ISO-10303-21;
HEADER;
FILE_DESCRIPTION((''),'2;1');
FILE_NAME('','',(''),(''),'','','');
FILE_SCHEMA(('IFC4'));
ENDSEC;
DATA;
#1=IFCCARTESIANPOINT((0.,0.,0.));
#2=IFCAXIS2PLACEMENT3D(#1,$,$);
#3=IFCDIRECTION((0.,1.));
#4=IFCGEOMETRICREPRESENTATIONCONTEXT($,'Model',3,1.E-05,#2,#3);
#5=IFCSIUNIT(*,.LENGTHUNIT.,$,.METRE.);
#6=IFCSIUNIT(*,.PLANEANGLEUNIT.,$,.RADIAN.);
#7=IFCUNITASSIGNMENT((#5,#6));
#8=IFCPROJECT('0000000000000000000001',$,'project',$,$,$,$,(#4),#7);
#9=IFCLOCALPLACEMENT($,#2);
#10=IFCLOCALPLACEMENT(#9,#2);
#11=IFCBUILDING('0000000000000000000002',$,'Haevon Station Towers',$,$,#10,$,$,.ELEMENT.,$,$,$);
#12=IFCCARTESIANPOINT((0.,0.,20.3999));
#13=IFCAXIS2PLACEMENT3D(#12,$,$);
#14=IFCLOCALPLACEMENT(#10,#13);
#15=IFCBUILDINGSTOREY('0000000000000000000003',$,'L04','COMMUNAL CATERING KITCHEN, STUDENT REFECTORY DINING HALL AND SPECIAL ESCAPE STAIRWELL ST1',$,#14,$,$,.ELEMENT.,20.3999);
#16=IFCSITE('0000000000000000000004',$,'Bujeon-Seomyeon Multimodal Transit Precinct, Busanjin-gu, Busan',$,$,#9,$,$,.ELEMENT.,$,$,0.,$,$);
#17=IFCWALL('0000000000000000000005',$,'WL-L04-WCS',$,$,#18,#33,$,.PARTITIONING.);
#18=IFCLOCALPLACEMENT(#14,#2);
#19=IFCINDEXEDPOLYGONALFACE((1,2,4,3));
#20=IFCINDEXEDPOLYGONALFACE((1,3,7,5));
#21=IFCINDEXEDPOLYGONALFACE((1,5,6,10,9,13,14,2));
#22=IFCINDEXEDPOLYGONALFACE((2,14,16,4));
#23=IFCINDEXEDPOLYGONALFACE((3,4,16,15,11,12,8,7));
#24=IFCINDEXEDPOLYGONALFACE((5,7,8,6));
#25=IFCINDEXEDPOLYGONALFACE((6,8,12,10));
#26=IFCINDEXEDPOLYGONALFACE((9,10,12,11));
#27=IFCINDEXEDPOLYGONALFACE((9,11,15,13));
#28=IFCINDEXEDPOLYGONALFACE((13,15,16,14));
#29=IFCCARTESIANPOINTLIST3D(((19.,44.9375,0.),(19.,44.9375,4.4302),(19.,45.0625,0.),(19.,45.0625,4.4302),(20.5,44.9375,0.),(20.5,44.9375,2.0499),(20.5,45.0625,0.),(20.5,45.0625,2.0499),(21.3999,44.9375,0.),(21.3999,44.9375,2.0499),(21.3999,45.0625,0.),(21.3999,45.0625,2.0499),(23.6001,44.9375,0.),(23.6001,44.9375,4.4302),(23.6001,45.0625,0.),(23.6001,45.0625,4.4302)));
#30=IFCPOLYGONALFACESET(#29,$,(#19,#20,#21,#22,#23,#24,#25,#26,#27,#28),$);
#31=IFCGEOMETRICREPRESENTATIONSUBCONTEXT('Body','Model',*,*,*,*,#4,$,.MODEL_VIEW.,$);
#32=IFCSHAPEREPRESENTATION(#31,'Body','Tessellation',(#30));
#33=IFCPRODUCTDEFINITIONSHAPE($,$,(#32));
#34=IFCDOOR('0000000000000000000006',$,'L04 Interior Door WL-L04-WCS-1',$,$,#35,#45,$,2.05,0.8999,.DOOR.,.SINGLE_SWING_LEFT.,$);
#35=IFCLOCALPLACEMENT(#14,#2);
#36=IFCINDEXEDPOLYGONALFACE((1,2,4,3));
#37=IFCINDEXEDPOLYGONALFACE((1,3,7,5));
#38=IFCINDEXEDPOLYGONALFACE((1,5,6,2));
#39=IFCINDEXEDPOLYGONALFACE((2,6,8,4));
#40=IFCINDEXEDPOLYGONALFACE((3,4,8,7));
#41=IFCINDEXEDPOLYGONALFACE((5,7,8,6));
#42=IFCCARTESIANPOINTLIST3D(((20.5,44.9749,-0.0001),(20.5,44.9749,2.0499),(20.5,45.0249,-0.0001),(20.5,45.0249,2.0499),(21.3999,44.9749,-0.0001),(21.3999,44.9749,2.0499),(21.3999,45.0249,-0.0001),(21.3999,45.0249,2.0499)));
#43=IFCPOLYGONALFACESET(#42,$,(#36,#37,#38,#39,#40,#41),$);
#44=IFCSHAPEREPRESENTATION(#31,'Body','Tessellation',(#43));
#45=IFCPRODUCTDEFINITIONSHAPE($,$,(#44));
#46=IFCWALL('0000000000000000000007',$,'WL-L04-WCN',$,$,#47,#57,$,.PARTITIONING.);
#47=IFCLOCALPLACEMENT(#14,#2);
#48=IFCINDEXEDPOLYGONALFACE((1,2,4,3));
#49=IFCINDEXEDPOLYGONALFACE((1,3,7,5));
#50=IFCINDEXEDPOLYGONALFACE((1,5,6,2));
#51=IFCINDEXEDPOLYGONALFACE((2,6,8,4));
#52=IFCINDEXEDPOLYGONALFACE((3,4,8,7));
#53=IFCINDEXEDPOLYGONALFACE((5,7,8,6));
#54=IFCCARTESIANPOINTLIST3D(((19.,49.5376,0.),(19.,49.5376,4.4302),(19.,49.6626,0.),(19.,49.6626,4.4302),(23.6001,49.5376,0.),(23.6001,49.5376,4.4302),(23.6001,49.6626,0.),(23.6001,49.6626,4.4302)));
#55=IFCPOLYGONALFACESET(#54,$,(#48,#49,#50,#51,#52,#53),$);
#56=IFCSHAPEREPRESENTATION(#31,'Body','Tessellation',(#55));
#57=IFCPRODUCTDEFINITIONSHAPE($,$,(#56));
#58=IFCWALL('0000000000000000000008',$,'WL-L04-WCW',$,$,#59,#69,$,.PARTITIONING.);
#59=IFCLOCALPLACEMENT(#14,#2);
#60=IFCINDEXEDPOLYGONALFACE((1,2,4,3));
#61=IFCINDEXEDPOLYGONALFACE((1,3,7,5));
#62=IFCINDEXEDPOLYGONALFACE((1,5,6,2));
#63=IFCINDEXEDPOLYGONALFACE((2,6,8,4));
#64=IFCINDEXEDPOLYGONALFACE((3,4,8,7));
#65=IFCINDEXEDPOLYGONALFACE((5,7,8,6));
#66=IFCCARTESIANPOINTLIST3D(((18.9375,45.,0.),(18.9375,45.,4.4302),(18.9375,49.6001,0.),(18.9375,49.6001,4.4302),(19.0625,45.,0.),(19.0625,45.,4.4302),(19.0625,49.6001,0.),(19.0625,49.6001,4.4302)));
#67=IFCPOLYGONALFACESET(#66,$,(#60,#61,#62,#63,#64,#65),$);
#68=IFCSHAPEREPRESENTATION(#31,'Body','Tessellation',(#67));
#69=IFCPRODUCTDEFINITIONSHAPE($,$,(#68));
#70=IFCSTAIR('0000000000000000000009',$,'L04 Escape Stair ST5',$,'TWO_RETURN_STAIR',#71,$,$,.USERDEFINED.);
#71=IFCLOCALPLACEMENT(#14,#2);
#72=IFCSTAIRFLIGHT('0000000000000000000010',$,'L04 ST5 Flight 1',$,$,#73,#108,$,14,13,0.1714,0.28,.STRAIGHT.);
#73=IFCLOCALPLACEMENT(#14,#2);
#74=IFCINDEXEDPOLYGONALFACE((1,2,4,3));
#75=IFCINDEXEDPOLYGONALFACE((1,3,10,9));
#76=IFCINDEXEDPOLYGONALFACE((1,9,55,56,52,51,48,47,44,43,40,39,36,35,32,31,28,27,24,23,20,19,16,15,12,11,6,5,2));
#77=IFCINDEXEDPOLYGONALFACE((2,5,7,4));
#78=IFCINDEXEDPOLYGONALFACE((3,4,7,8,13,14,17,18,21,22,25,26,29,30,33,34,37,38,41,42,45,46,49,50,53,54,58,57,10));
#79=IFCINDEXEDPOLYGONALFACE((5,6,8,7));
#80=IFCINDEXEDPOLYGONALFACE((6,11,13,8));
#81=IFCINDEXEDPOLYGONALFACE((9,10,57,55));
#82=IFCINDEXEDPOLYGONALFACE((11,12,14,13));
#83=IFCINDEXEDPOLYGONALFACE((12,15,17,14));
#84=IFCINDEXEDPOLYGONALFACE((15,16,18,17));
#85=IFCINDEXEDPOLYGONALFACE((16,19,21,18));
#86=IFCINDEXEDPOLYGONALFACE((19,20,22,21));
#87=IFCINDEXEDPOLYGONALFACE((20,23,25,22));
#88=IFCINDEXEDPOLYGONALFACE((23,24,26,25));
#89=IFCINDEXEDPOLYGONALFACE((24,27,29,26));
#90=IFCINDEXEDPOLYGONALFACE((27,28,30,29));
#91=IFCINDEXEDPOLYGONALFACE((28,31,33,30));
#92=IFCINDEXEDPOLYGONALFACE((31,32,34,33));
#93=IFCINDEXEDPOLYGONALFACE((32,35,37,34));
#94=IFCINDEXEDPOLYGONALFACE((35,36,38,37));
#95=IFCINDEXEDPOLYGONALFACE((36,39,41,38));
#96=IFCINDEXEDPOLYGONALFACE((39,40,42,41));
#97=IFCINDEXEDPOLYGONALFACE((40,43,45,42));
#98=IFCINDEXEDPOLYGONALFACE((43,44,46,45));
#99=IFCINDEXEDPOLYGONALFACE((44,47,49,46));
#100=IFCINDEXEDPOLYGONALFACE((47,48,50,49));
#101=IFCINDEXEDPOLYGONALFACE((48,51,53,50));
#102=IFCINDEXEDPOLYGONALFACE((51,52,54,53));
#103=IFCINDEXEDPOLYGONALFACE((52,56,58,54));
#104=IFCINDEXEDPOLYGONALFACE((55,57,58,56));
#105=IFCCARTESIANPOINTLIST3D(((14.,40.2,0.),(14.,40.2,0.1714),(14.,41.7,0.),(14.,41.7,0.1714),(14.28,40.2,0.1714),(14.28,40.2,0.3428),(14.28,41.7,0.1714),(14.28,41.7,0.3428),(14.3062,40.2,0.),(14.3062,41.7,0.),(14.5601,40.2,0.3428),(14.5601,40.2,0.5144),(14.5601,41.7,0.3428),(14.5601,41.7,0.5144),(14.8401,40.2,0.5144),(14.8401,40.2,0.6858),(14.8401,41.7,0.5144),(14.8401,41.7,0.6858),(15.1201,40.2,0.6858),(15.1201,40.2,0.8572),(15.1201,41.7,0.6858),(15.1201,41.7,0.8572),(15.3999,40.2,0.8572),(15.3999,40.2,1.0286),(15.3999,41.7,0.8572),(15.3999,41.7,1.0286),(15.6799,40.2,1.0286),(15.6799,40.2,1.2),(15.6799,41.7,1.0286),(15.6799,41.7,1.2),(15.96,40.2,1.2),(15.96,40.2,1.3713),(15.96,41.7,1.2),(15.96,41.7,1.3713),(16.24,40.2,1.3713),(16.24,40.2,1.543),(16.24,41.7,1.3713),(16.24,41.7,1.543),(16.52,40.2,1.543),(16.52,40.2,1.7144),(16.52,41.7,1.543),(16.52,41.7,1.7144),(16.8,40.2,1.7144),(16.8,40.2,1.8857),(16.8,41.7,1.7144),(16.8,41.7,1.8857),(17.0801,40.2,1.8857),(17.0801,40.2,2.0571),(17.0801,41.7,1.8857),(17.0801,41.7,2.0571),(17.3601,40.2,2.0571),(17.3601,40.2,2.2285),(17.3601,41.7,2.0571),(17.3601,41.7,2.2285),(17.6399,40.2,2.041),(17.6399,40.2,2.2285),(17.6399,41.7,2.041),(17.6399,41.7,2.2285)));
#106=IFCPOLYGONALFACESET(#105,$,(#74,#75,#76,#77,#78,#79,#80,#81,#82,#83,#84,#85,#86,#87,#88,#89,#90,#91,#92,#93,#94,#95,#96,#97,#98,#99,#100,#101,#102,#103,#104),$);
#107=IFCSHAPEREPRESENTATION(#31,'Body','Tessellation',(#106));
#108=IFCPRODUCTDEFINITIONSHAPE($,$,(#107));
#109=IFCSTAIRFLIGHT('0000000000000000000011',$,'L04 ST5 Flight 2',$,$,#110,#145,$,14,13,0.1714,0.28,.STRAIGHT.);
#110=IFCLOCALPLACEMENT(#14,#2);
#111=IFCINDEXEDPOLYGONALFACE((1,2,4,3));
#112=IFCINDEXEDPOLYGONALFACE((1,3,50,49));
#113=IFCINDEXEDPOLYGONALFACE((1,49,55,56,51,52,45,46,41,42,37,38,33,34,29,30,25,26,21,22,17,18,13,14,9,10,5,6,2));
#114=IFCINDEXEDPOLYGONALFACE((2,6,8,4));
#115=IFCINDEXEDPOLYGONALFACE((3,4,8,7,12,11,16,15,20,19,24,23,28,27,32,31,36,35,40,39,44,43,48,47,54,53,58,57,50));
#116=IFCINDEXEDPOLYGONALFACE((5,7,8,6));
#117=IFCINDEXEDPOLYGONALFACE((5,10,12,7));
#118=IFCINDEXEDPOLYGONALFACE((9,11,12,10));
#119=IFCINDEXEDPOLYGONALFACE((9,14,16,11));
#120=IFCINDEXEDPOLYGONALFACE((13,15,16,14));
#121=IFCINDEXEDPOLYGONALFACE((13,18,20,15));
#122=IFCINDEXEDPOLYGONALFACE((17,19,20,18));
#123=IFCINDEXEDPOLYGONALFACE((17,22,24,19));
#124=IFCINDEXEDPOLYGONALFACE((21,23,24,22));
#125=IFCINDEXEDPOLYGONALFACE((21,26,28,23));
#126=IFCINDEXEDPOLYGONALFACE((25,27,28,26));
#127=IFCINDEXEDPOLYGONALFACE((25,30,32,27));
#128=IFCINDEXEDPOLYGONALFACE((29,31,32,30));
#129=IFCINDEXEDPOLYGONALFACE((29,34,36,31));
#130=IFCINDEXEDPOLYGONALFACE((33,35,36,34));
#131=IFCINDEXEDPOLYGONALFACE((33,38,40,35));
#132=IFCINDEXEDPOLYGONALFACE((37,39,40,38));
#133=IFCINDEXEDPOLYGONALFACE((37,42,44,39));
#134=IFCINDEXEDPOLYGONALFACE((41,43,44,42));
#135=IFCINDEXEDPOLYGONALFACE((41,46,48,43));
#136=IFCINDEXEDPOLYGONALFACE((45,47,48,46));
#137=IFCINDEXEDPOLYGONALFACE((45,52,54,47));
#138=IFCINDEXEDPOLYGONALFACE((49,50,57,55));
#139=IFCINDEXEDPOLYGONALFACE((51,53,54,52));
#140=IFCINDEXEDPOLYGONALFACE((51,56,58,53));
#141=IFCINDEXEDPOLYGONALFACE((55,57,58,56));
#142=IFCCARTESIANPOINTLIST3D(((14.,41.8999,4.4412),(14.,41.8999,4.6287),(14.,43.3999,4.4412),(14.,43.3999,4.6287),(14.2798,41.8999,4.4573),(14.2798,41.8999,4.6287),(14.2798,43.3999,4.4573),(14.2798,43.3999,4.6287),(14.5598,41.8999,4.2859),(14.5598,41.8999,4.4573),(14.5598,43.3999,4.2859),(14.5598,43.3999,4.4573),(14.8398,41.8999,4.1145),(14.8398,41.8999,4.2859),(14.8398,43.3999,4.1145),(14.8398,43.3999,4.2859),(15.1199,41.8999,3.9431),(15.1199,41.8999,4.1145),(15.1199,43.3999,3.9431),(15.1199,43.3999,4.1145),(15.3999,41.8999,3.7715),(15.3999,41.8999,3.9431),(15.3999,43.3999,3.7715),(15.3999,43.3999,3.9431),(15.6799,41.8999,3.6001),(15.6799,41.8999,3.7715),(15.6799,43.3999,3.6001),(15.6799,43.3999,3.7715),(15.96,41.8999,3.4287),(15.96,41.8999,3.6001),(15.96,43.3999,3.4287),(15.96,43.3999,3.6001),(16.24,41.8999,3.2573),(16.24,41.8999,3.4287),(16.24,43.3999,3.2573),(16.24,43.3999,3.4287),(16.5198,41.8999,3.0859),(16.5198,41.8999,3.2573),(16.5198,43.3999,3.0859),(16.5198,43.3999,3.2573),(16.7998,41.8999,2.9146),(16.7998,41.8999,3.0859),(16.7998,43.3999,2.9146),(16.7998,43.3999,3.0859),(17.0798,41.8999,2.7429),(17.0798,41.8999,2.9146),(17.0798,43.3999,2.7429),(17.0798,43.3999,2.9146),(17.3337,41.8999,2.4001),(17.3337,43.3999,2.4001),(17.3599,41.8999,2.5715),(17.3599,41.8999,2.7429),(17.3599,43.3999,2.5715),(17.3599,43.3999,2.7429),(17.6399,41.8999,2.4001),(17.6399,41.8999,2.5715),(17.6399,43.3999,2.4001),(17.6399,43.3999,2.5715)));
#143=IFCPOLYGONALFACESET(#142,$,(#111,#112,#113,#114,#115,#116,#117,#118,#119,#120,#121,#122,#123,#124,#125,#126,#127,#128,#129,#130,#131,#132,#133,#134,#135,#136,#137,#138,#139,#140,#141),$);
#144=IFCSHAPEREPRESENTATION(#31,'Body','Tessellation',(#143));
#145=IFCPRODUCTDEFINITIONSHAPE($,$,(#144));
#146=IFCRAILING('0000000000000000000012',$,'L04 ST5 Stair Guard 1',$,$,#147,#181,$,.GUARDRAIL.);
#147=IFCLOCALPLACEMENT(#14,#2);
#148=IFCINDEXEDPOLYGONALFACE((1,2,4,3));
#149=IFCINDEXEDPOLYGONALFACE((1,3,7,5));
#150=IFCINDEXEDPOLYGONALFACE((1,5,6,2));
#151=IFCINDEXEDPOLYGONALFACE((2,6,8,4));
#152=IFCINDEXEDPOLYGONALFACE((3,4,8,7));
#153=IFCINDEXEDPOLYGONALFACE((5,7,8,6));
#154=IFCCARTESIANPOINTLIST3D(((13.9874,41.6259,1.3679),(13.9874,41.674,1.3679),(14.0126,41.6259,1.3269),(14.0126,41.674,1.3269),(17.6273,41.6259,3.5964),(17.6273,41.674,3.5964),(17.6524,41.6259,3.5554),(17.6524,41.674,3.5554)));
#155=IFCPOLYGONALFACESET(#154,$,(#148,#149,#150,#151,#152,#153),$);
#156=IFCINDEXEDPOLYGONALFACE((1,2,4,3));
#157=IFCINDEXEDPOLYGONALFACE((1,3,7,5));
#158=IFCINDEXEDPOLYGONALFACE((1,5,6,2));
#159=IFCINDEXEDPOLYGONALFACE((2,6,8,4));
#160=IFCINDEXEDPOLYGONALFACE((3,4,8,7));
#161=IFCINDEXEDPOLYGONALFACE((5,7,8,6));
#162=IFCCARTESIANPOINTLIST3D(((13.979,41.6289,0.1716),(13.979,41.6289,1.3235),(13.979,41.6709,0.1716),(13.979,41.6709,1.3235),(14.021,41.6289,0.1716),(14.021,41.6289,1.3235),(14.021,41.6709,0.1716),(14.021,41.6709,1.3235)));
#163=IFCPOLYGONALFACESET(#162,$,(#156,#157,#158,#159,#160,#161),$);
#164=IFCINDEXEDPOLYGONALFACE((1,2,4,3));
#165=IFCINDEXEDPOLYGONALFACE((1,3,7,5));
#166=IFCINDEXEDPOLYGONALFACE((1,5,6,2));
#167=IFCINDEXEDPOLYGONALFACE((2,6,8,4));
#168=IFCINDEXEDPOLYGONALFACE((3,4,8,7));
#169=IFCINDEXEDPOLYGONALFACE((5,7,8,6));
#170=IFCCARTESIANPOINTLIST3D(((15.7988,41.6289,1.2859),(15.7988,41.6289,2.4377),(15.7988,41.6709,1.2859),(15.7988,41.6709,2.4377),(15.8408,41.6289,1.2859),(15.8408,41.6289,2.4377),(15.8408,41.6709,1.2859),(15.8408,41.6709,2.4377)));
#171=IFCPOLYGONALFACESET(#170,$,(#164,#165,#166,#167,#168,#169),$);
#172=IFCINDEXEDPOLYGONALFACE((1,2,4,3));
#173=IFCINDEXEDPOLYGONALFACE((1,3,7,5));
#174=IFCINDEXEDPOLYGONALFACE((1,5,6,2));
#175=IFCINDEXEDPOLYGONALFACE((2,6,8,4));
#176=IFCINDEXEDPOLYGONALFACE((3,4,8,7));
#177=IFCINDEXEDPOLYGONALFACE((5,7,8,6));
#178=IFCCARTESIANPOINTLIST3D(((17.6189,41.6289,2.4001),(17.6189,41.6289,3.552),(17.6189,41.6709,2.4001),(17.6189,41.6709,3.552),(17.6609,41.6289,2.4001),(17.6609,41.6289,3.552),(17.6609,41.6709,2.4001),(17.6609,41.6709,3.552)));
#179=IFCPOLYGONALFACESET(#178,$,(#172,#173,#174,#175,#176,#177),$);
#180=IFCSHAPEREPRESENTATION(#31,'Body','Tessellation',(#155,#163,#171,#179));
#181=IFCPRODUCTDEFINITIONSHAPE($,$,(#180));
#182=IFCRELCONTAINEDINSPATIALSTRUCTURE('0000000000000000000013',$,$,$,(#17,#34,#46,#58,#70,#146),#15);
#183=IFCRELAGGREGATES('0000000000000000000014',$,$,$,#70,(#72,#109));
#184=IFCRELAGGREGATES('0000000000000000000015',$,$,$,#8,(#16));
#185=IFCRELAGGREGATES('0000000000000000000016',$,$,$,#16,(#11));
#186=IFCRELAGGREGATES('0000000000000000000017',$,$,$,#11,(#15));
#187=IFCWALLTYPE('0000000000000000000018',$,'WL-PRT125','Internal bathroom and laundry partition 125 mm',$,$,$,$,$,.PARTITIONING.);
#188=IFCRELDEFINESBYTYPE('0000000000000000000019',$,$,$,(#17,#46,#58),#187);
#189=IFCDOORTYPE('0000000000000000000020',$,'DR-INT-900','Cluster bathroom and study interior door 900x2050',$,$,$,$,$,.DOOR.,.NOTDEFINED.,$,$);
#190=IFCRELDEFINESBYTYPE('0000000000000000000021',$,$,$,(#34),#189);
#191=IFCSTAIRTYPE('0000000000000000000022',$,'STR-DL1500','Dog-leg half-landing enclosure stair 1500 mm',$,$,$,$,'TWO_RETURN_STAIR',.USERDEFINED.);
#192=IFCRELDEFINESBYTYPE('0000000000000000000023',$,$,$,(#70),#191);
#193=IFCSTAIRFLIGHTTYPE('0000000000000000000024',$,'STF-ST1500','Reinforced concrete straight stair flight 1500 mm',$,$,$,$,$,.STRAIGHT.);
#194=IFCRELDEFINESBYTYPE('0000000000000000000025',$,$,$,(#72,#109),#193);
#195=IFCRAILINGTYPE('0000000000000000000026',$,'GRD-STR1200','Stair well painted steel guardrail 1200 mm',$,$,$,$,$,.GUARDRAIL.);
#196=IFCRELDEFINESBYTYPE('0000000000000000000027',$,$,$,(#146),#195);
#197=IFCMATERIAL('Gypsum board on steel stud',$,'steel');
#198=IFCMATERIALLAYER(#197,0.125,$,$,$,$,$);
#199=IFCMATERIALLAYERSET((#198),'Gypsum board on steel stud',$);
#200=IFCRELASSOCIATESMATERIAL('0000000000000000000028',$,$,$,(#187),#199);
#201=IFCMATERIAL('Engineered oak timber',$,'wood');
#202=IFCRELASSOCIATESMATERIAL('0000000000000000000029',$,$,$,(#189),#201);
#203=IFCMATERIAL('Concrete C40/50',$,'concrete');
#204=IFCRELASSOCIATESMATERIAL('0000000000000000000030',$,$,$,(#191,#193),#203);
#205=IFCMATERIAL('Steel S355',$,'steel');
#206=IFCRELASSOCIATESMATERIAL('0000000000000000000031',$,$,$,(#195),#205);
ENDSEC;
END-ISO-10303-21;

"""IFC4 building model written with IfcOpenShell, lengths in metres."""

from ifc_helpers import new_model, si_unit, direction, frame, frame_2d, origin, origin_2d, place, context, subcontext, project, spatial, polyline, rectangle, outline, extrude, material, layer, layer_set, type_object, element, fill, aggregate, save


model = new_model("IFC4")

# Units and contexts
model_context = context("Model", 3, precision=1e-05, world=origin(), true_north=direction((0.0, 1.0)))
body_context = subcontext(model_context, "Body", "Model", "MODEL_VIEW")
ifc_project = project(units=[si_unit("LENGTHUNIT", "METRE"), si_unit("PLANEANGLEUNIT", "RADIAN")], contexts=[model_context])

# Site, building, storey
site_placement = place(None, origin())
site = spatial("IfcSite", under=ifc_project, at=site_placement, Name="Bujeon-Seomyeon Multimodal Transit Precinct, Busanjin-gu, Busan", CompositionType="ELEMENT", RefElevation=0.0)
building_placement = place(site_placement, origin())
building = spatial("IfcBuilding", under=site, at=building_placement, Name="Haevon Station Towers", CompositionType="ELEMENT")
storey_placement = place(building_placement, frame((0.0, 0.0, 20.3999)))
storey = spatial("IfcBuildingStorey", under=building, at=storey_placement, Name="L04", Description="COMMUNAL CATERING KITCHEN, STUDENT REFECTORY DINING HALL AND SPECIAL ESCAPE STAIRWELL ST1", CompositionType="ELEMENT", Elevation=20.3999)

# Shared definitions
ifc_material_1 = material(Name="Steel S355", Category="steel")

# Shared definitions
ifc_material_2 = material(Name="Gypsum board on steel stud", Category="steel")
ifc_material_3 = material(Name="Engineered oak timber", Category="wood")

# Wall, opening, door
ifc_layer_1 = layer(ifc_material_2, 0.125)
ifc_layer_set_1 = layer_set([ifc_layer_1], Name="Gypsum board on steel stud")
wall_type_1 = type_object("IfcWallType", Name="WL-PRT125", Description="Internal bathroom and laundry partition 125 mm", PredefinedType="PARTITIONING", material=ifc_layer_set_1)
wall_1_placement = place(storey_placement, frame((19.0, 45.0, 0.0), z_axis=(0.0, 0.0, 1.0), x_axis=(1.0, 0.0, 0.0)))
wall_1 = element("IfcWall", 1, at=wall_1_placement, inside=storey, type_object=wall_type_1, Name="WL-L04-WCS", PredefinedType="PARTITIONING", context=body_context, shape_type="SweptSolid", body=[
    extrude(rectangle(XDim=4.6001, YDim=0.125, at=frame_2d((2.3, 0.0))), origin(), (0.0, 0.0, 1.0), 4.4302),
])
opening_1_placement = place(wall_1_placement, frame((1.5, 0.0, 0.0)))
opening_1 = element("IfcOpeningElement", 2, at=opening_1_placement, cuts=wall_1, PredefinedType="OPENING", context=body_context, shape_type="SweptSolid", body=[
    extrude(rectangle(XDim=0.8999, YDim=2.05, at=frame_2d((0.45, 1.0249))), frame((0.0, 0.0725, 0.0), z_axis=(0.0, -1.0, 0.0), x_axis=(1.0, 0.0, 0.0)), (0.0, 0.0, 1.0), 0.145),
])
door_type_1 = type_object("IfcDoorType", Name="DR-INT-900", Description="Cluster bathroom and study interior door 900x2050", OperationType="NOTDEFINED", PredefinedType="DOOR", material=ifc_material_3)
door_1_placement = place(opening_1_placement, origin())
door_1 = element("IfcDoor", 3, at=door_1_placement, inside=storey, type_object=door_type_1, Name="L04 Interior Door WL-L04-WCS-1", OperationType="SINGLE_SWING_LEFT", OverallHeight=2.05, OverallWidth=0.8999, PredefinedType="DOOR", context=body_context, shape_type="SweptSolid", body=[
    extrude(rectangle(XDim=0.8999, YDim=2.05, at=frame_2d((0.45, 1.0249))), frame((0.0, 0.0249, 0.0), z_axis=(0.0, -1.0, 0.0), x_axis=(1.0, 0.0, 0.0)), (0.0, 0.0, 1.0), 0.05),
])
fill(opening_1, door_1)

# Walls
for number, where, z_axis, x_axis, name in (
    (4, (19.0, 49.6001, 0.0), (0.0, 0.0, 1.0), (1.0, 0.0, 0.0), "WL-L04-WCN"),
    (5, (19.0, 45.0, 0.0), (0.0, 0.0, 1.0), (0.0, 1.0, 0.0), "WL-L04-WCW"),
):
    element("IfcWall", number, at=place(storey_placement, frame(where, z_axis=z_axis, x_axis=x_axis)), inside=storey, type_object=wall_type_1, Name=name, PredefinedType="PARTITIONING", context=body_context, shape_type="SweptSolid", body=[
        extrude(rectangle(XDim=4.6001, YDim=0.125, at=frame_2d((2.3, 0.0))), origin(), (0.0, 0.0, 1.0), 4.4302),
    ])

# Stair, stair flights
ifc_material_4 = material(Name="Concrete C40/50", Category="concrete")
stair_type = type_object("IfcStairType", Name="STR-DL1500", Description="Dog-leg half-landing enclosure stair 1500 mm", ElementType="TWO_RETURN_STAIR", PredefinedType="USERDEFINED", material=ifc_material_4)
stair_placement = place(storey_placement, origin())
stair = element("IfcStair", 6, at=stair_placement, inside=storey, type_object=stair_type, Name="L04 Escape Stair ST5", ObjectType="TWO_RETURN_STAIR", PredefinedType="USERDEFINED")
stair_flight_type = type_object("IfcStairFlightType", Name="STF-ST1500", Description="Reinforced concrete straight stair flight 1500 mm", PredefinedType="STRAIGHT", material=ifc_material_4)
stair_flight_1_placement = place(storey_placement, frame((14.0, 40.95, 0.0), z_axis=(0.0, 0.0, 1.0), x_axis=(1.0, 0.0, 0.0)))
stair_flight_1 = element("IfcStairFlight", 7, at=stair_flight_1_placement, type_object=stair_flight_type, Name="L04 ST5 Flight 1", NumberOfRisers=14, NumberOfTreads=13, PredefinedType="STRAIGHT", RiserHeight=0.1714, TreadLength=0.28, context=body_context, shape_type="SweptSolid", body=[
    extrude(outline(polyline([(0.0, 0.0), (0.0, 0.1714), (0.28, 0.1714), (0.28, 0.3428), (0.5601, 0.3428), (0.5601, 0.5144), (0.8401, 0.5144), (0.8401, 0.6858), (1.1201, 0.6858), (1.1201, 0.8572), (1.3999, 0.8572), (1.3999, 1.0286), (1.6799, 1.0286), (1.6799, 1.2), (1.96, 1.2), (1.96, 1.3713), (2.24, 1.3713), (2.24, 1.543), (2.52, 1.543), (2.52, 1.7144), (2.8, 1.7144), (2.8, 1.8857), (3.0801, 1.8857), (3.0801, 2.0571), (3.3601, 2.0571), (3.3601, 2.2285), (3.6399, 2.2285), (3.6399, 2.3999), (3.6399, 2.041), (0.3062, 0.0), (0.0, 0.0)])), frame((0.0, 0.75, 0.0), z_axis=(0.0, -1.0, 0.0), x_axis=(1.0, 0.0, 0.0)), (0.0, 0.0, 1.0), 1.5),
])
stair_flight_2_placement = place(storey_placement, frame((17.6399, 42.6499, 2.4001), z_axis=(0.0, 0.0, 1.0), x_axis=(-1.0, 0.0, 0.0)))
stair_flight_2 = element("IfcStairFlight", 8, at=stair_flight_2_placement, type_object=stair_flight_type, Name="L04 ST5 Flight 2", NumberOfRisers=14, NumberOfTreads=13, PredefinedType="STRAIGHT", RiserHeight=0.1714, TreadLength=0.28, context=body_context, shape_type="SweptSolid", body=[
    extrude(outline(polyline([(0.0, 0.0), (0.0, 0.1714), (0.28, 0.1714), (0.28, 0.3428), (0.5601, 0.3428), (0.5601, 0.5144), (0.8401, 0.5144), (0.8401, 0.6858), (1.1201, 0.6858), (1.1201, 0.8572), (1.3999, 0.8572), (1.3999, 1.0286), (1.6799, 1.0286), (1.6799, 1.2), (1.96, 1.2), (1.96, 1.3713), (2.24, 1.3713), (2.24, 1.543), (2.52, 1.543), (2.52, 1.7144), (2.8, 1.7144), (2.8, 1.8857), (3.0801, 1.8857), (3.0801, 2.0571), (3.3601, 2.0571), (3.3601, 2.2285), (3.6399, 2.2285), (3.6399, 2.3999), (3.6399, 2.041), (0.3062, 0.0), (0.0, 0.0)])), frame((0.0, 0.75, 0.0), z_axis=(0.0, -1.0, 0.0), x_axis=(1.0, 0.0, 0.0)), (0.0, 0.0, 1.0), 1.5),
])
aggregate(stair, [stair_flight_1, stair_flight_2])

# Railing
railing_type_1 = type_object("IfcRailingType", Name="GRD-STR1200", Description="Stair well painted steel guardrail 1200 mm", PredefinedType="GUARDRAIL", material=ifc_material_1)
railing_1_placement = place(storey_placement, frame((14.0, 41.6499, 0.1716)))
element("IfcRailing", 9, at=railing_1_placement, inside=storey, type_object=railing_type_1, Name="L04 ST5 Stair Guard 1", PredefinedType="GUARDRAIL", context=body_context, shape_type="SweptSolid", body=[
    extrude(rectangle(XDim=0.0481, YDim=0.0481, at=origin_2d()), frame((0.0, 0.0, 1.1758), z_axis=(0.85285, 0.0, 0.522156), x_axis=(0.0, 1.0, 0.0)), (0.0, 0.0, 1.0), 4.2678),
    extrude(rectangle(XDim=0.042, YDim=0.042, at=origin_2d()), origin(), (0.0, 0.0, 1.0), 1.1519),
    extrude(rectangle(XDim=0.042, YDim=0.042, at=origin_2d()), frame((1.8198, 0.0, 1.1143)), (0.0, 0.0, 1.0), 1.1519),
    extrude(rectangle(XDim=0.042, YDim=0.042, at=origin_2d()), frame((3.6399, 0.0, 2.2285)), (0.0, 0.0, 1.0), 1.1519),
])

save(model, "model.ifc")
